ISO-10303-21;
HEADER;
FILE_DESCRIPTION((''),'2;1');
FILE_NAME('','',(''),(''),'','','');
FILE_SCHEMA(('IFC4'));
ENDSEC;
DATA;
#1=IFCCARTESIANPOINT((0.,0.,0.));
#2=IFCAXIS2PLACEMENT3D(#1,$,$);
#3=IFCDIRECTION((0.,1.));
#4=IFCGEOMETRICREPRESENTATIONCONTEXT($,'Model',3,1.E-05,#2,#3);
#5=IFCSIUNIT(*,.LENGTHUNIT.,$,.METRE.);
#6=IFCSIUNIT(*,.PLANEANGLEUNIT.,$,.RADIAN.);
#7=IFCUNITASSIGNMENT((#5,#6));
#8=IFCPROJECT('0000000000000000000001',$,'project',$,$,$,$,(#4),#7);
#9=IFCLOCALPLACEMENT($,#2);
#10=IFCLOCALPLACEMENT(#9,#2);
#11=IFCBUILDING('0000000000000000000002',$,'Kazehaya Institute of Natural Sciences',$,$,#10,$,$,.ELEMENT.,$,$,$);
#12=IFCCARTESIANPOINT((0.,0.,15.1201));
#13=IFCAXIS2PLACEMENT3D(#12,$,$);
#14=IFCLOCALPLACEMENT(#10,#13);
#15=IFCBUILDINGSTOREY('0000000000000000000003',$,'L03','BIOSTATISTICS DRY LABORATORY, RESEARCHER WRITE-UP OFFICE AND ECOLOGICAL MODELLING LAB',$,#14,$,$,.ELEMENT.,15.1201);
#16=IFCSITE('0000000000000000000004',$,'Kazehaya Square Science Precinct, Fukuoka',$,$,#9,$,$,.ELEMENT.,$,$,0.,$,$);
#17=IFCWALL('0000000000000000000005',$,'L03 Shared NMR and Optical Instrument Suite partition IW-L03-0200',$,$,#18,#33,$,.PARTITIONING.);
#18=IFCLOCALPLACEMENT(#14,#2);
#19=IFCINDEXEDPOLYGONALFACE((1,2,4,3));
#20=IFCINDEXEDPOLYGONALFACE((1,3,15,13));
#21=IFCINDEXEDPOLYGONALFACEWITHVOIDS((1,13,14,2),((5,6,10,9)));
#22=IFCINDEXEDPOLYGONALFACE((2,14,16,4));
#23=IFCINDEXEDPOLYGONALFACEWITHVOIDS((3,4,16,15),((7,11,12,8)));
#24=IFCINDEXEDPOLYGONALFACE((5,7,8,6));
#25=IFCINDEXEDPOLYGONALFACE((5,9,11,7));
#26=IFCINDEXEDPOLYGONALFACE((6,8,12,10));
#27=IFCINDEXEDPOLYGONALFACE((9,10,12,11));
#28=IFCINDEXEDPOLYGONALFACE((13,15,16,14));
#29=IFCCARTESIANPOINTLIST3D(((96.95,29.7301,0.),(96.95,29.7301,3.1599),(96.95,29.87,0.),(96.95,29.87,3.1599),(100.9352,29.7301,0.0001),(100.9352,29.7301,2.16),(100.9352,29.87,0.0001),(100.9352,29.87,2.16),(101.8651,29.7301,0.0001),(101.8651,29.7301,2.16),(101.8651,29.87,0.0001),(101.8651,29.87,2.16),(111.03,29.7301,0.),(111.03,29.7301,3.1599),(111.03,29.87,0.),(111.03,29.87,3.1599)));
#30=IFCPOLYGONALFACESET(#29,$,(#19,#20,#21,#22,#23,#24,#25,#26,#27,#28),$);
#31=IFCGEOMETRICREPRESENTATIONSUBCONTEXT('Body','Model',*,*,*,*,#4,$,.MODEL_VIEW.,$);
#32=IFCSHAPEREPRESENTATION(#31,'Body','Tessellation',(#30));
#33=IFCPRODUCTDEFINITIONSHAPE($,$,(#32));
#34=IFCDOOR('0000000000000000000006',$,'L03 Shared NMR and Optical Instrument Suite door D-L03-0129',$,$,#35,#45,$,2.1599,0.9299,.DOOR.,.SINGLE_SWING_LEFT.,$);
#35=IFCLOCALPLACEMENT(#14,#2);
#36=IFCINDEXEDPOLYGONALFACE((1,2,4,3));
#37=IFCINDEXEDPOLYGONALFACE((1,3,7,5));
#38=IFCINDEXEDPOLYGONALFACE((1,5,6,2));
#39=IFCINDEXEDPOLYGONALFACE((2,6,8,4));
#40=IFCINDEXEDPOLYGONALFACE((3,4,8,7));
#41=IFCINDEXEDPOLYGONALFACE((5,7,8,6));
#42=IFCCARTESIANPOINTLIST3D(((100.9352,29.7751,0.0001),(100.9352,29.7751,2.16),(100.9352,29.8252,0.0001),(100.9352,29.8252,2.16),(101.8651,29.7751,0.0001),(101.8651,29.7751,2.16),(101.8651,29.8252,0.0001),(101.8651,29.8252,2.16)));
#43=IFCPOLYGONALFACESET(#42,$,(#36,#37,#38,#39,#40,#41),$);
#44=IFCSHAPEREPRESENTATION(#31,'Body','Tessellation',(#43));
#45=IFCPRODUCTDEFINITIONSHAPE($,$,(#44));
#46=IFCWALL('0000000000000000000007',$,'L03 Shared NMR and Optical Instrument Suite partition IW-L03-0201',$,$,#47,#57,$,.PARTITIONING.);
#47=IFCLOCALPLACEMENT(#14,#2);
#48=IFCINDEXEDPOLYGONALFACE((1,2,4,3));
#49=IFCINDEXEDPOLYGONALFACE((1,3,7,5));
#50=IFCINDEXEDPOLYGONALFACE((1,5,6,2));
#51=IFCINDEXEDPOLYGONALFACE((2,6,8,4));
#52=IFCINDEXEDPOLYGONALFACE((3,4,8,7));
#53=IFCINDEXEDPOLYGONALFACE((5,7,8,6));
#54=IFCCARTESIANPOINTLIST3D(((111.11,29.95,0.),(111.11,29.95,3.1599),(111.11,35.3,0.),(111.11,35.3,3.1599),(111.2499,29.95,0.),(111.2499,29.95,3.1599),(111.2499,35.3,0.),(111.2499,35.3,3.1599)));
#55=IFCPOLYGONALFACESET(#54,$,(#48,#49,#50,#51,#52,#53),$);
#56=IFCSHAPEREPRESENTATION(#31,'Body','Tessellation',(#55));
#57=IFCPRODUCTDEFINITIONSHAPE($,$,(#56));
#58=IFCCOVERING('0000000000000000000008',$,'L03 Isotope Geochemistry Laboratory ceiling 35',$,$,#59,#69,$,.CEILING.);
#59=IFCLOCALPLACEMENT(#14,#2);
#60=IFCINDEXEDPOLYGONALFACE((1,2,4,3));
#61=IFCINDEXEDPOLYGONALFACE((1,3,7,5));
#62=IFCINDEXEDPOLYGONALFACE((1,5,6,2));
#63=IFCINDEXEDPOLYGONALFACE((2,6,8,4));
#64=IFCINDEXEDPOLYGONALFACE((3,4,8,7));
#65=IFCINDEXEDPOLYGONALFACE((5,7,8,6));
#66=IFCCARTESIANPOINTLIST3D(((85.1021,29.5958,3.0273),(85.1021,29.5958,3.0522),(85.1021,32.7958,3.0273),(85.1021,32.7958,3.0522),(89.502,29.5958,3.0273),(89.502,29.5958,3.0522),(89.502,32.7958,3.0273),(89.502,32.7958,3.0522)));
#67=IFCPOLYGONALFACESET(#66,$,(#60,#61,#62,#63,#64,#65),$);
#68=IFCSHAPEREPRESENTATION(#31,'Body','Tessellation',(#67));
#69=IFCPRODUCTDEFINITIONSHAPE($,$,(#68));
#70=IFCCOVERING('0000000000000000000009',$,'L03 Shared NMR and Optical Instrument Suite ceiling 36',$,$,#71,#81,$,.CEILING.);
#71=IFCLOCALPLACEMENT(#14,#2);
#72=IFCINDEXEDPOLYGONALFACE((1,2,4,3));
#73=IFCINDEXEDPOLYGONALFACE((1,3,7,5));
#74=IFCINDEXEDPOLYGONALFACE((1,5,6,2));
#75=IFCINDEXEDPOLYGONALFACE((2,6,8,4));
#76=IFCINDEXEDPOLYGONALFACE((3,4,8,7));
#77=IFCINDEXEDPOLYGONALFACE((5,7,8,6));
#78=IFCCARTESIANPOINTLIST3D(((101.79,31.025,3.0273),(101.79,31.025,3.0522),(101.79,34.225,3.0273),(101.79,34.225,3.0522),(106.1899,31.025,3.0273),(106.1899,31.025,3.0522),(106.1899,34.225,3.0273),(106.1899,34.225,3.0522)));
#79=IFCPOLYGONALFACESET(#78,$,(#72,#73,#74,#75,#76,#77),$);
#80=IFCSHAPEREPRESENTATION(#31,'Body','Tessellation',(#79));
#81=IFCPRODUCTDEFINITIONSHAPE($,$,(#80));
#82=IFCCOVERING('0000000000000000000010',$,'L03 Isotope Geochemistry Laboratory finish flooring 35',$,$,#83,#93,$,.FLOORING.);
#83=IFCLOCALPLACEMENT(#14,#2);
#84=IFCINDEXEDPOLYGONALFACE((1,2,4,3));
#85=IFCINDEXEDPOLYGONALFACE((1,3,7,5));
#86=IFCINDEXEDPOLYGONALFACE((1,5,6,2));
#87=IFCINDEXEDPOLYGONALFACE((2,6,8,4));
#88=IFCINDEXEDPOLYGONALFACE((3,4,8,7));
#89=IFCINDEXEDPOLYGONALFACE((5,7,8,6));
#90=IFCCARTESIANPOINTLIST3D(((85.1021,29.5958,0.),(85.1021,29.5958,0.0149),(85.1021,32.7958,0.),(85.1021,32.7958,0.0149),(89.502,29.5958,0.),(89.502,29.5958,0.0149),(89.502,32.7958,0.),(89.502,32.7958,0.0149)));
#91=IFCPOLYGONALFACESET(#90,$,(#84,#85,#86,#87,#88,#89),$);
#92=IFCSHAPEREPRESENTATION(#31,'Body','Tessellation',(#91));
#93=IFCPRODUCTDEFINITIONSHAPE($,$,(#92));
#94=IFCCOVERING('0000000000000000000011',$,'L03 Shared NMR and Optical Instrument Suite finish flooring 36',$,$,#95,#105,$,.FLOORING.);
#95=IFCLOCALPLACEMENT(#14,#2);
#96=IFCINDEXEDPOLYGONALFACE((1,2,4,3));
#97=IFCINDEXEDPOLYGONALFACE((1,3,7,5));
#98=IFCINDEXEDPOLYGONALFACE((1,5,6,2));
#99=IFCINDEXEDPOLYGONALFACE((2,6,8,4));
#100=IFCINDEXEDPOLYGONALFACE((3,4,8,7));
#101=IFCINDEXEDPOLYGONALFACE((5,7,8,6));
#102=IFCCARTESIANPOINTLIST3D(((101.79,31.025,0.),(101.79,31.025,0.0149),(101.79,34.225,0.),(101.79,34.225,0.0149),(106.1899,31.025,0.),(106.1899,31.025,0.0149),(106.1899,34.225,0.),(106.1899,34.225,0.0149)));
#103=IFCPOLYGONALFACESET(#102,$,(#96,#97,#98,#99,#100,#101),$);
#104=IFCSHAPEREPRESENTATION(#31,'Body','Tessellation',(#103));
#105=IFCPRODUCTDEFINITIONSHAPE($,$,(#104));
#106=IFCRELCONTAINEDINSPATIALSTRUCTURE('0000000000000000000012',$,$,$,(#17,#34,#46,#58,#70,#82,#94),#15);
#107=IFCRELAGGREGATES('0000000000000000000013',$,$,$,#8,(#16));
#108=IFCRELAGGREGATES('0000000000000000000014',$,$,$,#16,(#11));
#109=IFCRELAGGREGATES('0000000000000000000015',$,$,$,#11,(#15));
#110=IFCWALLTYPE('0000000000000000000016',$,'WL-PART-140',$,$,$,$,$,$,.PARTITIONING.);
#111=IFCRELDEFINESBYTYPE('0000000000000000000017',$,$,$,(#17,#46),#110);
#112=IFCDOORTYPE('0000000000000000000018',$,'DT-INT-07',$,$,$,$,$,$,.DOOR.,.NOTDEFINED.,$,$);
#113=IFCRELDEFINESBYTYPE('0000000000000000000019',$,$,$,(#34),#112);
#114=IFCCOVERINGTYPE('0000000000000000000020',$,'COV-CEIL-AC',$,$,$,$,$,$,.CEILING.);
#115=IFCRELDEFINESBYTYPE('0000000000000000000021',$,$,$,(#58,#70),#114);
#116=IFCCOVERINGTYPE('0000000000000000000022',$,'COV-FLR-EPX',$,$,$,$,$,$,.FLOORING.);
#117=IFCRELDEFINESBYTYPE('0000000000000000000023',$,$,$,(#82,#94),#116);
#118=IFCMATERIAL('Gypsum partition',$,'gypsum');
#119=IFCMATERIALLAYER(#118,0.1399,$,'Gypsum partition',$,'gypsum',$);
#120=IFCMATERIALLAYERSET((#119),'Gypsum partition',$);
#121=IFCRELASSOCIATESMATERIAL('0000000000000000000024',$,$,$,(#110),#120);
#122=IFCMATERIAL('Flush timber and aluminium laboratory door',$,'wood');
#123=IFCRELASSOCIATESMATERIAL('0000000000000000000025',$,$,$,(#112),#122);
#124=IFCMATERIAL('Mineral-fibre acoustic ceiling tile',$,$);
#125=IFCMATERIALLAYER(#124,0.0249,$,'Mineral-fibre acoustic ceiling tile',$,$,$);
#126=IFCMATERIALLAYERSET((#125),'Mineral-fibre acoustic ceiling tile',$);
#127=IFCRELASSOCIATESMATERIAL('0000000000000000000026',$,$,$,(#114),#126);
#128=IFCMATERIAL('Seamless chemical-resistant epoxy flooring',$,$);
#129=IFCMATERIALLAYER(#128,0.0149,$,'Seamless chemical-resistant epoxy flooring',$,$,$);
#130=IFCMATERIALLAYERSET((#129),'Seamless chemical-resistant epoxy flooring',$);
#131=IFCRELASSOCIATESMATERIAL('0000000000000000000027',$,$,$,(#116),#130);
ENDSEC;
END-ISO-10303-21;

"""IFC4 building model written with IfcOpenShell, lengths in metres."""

from ifc_helpers import new_model, si_unit, direction, frame, frame_2d, origin, origin_2d, place, context, subcontext, project, spatial, rectangle, extrude, material, layer, layer_set, type_object, element, fill, save


model = new_model("IFC4")

# Units and contexts
model_context = context("Model", 3, precision=1e-05, world=origin(), true_north=direction((0.0, 1.0)))
body_context = subcontext(model_context, "Body", "Model", "MODEL_VIEW")
ifc_project = project(units=[si_unit("LENGTHUNIT", "METRE"), si_unit("PLANEANGLEUNIT", "RADIAN")], contexts=[model_context])

# Site, building, storey
site_placement = place(None, origin())
site = spatial("IfcSite", under=ifc_project, at=site_placement, Name="Kazehaya Square Science Precinct, Fukuoka", CompositionType="ELEMENT", RefElevation=0.0)
building_placement = place(site_placement, origin())
building = spatial("IfcBuilding", under=site, at=building_placement, Name="Kazehaya Institute of Natural Sciences", CompositionType="ELEMENT")
storey_placement = place(building_placement, frame((0.0, 0.0, 15.1201)))
storey = spatial("IfcBuildingStorey", under=building, at=storey_placement, Name="L03", Description="BIOSTATISTICS DRY LABORATORY, RESEARCHER WRITE-UP OFFICE AND ECOLOGICAL MODELLING LAB", CompositionType="ELEMENT", Elevation=15.1201)

# Wall, opening, door
ifc_material_1 = material(Name="Flush timber and aluminium laboratory door", Category="wood")
ifc_material_2 = material(Name="Gypsum partition", Category="gypsum")
ifc_layer_1 = layer(ifc_material_2, 0.1399, Name="Gypsum partition", Category="gypsum")
ifc_layer_set_1 = layer_set([ifc_layer_1], Name="Gypsum partition")
wall_type_1 = type_object("IfcWallType", Name="WL-PART-140", PredefinedType="PARTITIONING", material=ifc_layer_set_1)
wall_1_placement = place(storey_placement, frame((111.03, 29.8, 0.0), z_axis=(0.0, 0.0, 1.0), x_axis=(-1.0, 0.0, 0.0)))
wall_1 = element("IfcWall", 1, at=wall_1_placement, inside=storey, type_object=wall_type_1, Name="L03 Shared NMR and Optical Instrument Suite partition IW-L03-0200", PredefinedType="PARTITIONING", context=body_context, shape_type="SweptSolid", body=[
    extrude(rectangle(XDim=14.0801, YDim=0.1399, at=frame_2d((7.04, 0.0))), origin(), (0.0, 0.0, 1.0), 3.1599),
])
opening_1_placement = place(wall_1_placement, frame((9.165, 0.0, 0.0)))
opening_1 = element("IfcOpeningElement", 2, at=opening_1_placement, cuts=wall_1, PredefinedType="OPENING", context=body_context, shape_type="SweptSolid", body=[
    extrude(rectangle(XDim=0.9299, YDim=2.1599, at=frame_2d((0.4648, 1.0801))), frame((0.0, 0.0798, 0.0), z_axis=(0.0, -1.0, 0.0), x_axis=(1.0, 0.0, 0.0)), (0.0, 0.0, 1.0), 0.1599),
])
door_type_1 = type_object("IfcDoorType", Name="DT-INT-07", OperationType="NOTDEFINED", PredefinedType="DOOR", material=ifc_material_1)
door_1_placement = place(opening_1_placement, origin())
door_1 = element("IfcDoor", 3, at=door_1_placement, inside=storey, type_object=door_type_1, Name="L03 Shared NMR and Optical Instrument Suite door D-L03-0129", OperationType="SINGLE_SWING_LEFT", OverallHeight=2.1599, OverallWidth=0.9299, PredefinedType="DOOR", context=body_context, shape_type="SweptSolid", body=[
    extrude(rectangle(XDim=0.9299, YDim=2.1599, at=frame_2d((0.4648, 1.0801))), frame((0.0, 0.0249, 0.0), z_axis=(0.0, -1.0, 0.0), x_axis=(1.0, 0.0, 0.0)), (0.0, 0.0, 1.0), 0.05),
])
fill(opening_1, door_1)

# Wall
wall_2_placement = place(storey_placement, frame((111.1799, 35.3, 0.0), z_axis=(0.0, 0.0, 1.0), x_axis=(0.0, -1.0, 0.0)))
element("IfcWall", 4, at=wall_2_placement, inside=storey, type_object=wall_type_1, Name="L03 Shared NMR and Optical Instrument Suite partition IW-L03-0201", PredefinedType="PARTITIONING", context=body_context, shape_type="SweptSolid", body=[
    extrude(rectangle(XDim=5.3501, YDim=0.1399, at=frame_2d((2.675, 0.0))), origin(), (0.0, 0.0, 1.0), 3.1599),
])

# Coverings
ifc_material_3 = material(Name="Mineral-fibre acoustic ceiling tile")
ifc_layer_2 = layer(ifc_material_3, 0.0249, Name="Mineral-fibre acoustic ceiling tile")
ifc_layer_set_2 = layer_set([ifc_layer_2], Name="Mineral-fibre acoustic ceiling tile")
covering_type_1 = type_object("IfcCoveringType", Name="COV-CEIL-AC", PredefinedType="CEILING", material=ifc_layer_set_2)
for number, where, z_axis, x_axis, name in (
    (5, (87.302, 31.1958, 3.0273), (0.0, 0.0, 1.0), (1.0, 0.0, 0.0), "L03 Isotope Geochemistry Laboratory ceiling 35"),
    (6, (103.99, 32.625, 3.0273), (0.0, 0.0, 1.0), (1.0, 0.0, 0.0), "L03 Shared NMR and Optical Instrument Suite ceiling 36"),
):
    element("IfcCovering", number, at=place(storey_placement, frame(where, z_axis=z_axis, x_axis=x_axis)), inside=storey, type_object=covering_type_1, Name=name, PredefinedType="CEILING", context=body_context, shape_type="SweptSolid", body=[
        extrude(rectangle(XDim=4.3999, YDim=3.2, at=origin_2d()), origin(), (0.0, 0.0, 1.0), 0.0249),
    ])
ifc_material_4 = material(Name="Seamless chemical-resistant epoxy flooring")
ifc_layer_3 = layer(ifc_material_4, 0.0149, Name="Seamless chemical-resistant epoxy flooring")
ifc_layer_set_3 = layer_set([ifc_layer_3], Name="Seamless chemical-resistant epoxy flooring")
covering_type_2 = type_object("IfcCoveringType", Name="COV-FLR-EPX", PredefinedType="FLOORING", material=ifc_layer_set_3)
for number, where, z_axis, x_axis, name in (
    (7, (87.302, 31.1958, 0.0), (0.0, 0.0, 1.0), (1.0, 0.0, 0.0), "L03 Isotope Geochemistry Laboratory finish flooring 35"),
    (8, (103.99, 32.625, 0.0), (0.0, 0.0, 1.0), (1.0, 0.0, 0.0), "L03 Shared NMR and Optical Instrument Suite finish flooring 36"),
):
    element("IfcCovering", number, at=place(storey_placement, frame(where, z_axis=z_axis, x_axis=x_axis)), inside=storey, type_object=covering_type_2, Name=name, PredefinedType="FLOORING", context=body_context, shape_type="SweptSolid", body=[
        extrude(rectangle(XDim=4.3999, YDim=3.2, at=origin_2d()), origin(), (0.0, 0.0, 1.0), 0.0149),
    ])

save(model, "model.ifc")
